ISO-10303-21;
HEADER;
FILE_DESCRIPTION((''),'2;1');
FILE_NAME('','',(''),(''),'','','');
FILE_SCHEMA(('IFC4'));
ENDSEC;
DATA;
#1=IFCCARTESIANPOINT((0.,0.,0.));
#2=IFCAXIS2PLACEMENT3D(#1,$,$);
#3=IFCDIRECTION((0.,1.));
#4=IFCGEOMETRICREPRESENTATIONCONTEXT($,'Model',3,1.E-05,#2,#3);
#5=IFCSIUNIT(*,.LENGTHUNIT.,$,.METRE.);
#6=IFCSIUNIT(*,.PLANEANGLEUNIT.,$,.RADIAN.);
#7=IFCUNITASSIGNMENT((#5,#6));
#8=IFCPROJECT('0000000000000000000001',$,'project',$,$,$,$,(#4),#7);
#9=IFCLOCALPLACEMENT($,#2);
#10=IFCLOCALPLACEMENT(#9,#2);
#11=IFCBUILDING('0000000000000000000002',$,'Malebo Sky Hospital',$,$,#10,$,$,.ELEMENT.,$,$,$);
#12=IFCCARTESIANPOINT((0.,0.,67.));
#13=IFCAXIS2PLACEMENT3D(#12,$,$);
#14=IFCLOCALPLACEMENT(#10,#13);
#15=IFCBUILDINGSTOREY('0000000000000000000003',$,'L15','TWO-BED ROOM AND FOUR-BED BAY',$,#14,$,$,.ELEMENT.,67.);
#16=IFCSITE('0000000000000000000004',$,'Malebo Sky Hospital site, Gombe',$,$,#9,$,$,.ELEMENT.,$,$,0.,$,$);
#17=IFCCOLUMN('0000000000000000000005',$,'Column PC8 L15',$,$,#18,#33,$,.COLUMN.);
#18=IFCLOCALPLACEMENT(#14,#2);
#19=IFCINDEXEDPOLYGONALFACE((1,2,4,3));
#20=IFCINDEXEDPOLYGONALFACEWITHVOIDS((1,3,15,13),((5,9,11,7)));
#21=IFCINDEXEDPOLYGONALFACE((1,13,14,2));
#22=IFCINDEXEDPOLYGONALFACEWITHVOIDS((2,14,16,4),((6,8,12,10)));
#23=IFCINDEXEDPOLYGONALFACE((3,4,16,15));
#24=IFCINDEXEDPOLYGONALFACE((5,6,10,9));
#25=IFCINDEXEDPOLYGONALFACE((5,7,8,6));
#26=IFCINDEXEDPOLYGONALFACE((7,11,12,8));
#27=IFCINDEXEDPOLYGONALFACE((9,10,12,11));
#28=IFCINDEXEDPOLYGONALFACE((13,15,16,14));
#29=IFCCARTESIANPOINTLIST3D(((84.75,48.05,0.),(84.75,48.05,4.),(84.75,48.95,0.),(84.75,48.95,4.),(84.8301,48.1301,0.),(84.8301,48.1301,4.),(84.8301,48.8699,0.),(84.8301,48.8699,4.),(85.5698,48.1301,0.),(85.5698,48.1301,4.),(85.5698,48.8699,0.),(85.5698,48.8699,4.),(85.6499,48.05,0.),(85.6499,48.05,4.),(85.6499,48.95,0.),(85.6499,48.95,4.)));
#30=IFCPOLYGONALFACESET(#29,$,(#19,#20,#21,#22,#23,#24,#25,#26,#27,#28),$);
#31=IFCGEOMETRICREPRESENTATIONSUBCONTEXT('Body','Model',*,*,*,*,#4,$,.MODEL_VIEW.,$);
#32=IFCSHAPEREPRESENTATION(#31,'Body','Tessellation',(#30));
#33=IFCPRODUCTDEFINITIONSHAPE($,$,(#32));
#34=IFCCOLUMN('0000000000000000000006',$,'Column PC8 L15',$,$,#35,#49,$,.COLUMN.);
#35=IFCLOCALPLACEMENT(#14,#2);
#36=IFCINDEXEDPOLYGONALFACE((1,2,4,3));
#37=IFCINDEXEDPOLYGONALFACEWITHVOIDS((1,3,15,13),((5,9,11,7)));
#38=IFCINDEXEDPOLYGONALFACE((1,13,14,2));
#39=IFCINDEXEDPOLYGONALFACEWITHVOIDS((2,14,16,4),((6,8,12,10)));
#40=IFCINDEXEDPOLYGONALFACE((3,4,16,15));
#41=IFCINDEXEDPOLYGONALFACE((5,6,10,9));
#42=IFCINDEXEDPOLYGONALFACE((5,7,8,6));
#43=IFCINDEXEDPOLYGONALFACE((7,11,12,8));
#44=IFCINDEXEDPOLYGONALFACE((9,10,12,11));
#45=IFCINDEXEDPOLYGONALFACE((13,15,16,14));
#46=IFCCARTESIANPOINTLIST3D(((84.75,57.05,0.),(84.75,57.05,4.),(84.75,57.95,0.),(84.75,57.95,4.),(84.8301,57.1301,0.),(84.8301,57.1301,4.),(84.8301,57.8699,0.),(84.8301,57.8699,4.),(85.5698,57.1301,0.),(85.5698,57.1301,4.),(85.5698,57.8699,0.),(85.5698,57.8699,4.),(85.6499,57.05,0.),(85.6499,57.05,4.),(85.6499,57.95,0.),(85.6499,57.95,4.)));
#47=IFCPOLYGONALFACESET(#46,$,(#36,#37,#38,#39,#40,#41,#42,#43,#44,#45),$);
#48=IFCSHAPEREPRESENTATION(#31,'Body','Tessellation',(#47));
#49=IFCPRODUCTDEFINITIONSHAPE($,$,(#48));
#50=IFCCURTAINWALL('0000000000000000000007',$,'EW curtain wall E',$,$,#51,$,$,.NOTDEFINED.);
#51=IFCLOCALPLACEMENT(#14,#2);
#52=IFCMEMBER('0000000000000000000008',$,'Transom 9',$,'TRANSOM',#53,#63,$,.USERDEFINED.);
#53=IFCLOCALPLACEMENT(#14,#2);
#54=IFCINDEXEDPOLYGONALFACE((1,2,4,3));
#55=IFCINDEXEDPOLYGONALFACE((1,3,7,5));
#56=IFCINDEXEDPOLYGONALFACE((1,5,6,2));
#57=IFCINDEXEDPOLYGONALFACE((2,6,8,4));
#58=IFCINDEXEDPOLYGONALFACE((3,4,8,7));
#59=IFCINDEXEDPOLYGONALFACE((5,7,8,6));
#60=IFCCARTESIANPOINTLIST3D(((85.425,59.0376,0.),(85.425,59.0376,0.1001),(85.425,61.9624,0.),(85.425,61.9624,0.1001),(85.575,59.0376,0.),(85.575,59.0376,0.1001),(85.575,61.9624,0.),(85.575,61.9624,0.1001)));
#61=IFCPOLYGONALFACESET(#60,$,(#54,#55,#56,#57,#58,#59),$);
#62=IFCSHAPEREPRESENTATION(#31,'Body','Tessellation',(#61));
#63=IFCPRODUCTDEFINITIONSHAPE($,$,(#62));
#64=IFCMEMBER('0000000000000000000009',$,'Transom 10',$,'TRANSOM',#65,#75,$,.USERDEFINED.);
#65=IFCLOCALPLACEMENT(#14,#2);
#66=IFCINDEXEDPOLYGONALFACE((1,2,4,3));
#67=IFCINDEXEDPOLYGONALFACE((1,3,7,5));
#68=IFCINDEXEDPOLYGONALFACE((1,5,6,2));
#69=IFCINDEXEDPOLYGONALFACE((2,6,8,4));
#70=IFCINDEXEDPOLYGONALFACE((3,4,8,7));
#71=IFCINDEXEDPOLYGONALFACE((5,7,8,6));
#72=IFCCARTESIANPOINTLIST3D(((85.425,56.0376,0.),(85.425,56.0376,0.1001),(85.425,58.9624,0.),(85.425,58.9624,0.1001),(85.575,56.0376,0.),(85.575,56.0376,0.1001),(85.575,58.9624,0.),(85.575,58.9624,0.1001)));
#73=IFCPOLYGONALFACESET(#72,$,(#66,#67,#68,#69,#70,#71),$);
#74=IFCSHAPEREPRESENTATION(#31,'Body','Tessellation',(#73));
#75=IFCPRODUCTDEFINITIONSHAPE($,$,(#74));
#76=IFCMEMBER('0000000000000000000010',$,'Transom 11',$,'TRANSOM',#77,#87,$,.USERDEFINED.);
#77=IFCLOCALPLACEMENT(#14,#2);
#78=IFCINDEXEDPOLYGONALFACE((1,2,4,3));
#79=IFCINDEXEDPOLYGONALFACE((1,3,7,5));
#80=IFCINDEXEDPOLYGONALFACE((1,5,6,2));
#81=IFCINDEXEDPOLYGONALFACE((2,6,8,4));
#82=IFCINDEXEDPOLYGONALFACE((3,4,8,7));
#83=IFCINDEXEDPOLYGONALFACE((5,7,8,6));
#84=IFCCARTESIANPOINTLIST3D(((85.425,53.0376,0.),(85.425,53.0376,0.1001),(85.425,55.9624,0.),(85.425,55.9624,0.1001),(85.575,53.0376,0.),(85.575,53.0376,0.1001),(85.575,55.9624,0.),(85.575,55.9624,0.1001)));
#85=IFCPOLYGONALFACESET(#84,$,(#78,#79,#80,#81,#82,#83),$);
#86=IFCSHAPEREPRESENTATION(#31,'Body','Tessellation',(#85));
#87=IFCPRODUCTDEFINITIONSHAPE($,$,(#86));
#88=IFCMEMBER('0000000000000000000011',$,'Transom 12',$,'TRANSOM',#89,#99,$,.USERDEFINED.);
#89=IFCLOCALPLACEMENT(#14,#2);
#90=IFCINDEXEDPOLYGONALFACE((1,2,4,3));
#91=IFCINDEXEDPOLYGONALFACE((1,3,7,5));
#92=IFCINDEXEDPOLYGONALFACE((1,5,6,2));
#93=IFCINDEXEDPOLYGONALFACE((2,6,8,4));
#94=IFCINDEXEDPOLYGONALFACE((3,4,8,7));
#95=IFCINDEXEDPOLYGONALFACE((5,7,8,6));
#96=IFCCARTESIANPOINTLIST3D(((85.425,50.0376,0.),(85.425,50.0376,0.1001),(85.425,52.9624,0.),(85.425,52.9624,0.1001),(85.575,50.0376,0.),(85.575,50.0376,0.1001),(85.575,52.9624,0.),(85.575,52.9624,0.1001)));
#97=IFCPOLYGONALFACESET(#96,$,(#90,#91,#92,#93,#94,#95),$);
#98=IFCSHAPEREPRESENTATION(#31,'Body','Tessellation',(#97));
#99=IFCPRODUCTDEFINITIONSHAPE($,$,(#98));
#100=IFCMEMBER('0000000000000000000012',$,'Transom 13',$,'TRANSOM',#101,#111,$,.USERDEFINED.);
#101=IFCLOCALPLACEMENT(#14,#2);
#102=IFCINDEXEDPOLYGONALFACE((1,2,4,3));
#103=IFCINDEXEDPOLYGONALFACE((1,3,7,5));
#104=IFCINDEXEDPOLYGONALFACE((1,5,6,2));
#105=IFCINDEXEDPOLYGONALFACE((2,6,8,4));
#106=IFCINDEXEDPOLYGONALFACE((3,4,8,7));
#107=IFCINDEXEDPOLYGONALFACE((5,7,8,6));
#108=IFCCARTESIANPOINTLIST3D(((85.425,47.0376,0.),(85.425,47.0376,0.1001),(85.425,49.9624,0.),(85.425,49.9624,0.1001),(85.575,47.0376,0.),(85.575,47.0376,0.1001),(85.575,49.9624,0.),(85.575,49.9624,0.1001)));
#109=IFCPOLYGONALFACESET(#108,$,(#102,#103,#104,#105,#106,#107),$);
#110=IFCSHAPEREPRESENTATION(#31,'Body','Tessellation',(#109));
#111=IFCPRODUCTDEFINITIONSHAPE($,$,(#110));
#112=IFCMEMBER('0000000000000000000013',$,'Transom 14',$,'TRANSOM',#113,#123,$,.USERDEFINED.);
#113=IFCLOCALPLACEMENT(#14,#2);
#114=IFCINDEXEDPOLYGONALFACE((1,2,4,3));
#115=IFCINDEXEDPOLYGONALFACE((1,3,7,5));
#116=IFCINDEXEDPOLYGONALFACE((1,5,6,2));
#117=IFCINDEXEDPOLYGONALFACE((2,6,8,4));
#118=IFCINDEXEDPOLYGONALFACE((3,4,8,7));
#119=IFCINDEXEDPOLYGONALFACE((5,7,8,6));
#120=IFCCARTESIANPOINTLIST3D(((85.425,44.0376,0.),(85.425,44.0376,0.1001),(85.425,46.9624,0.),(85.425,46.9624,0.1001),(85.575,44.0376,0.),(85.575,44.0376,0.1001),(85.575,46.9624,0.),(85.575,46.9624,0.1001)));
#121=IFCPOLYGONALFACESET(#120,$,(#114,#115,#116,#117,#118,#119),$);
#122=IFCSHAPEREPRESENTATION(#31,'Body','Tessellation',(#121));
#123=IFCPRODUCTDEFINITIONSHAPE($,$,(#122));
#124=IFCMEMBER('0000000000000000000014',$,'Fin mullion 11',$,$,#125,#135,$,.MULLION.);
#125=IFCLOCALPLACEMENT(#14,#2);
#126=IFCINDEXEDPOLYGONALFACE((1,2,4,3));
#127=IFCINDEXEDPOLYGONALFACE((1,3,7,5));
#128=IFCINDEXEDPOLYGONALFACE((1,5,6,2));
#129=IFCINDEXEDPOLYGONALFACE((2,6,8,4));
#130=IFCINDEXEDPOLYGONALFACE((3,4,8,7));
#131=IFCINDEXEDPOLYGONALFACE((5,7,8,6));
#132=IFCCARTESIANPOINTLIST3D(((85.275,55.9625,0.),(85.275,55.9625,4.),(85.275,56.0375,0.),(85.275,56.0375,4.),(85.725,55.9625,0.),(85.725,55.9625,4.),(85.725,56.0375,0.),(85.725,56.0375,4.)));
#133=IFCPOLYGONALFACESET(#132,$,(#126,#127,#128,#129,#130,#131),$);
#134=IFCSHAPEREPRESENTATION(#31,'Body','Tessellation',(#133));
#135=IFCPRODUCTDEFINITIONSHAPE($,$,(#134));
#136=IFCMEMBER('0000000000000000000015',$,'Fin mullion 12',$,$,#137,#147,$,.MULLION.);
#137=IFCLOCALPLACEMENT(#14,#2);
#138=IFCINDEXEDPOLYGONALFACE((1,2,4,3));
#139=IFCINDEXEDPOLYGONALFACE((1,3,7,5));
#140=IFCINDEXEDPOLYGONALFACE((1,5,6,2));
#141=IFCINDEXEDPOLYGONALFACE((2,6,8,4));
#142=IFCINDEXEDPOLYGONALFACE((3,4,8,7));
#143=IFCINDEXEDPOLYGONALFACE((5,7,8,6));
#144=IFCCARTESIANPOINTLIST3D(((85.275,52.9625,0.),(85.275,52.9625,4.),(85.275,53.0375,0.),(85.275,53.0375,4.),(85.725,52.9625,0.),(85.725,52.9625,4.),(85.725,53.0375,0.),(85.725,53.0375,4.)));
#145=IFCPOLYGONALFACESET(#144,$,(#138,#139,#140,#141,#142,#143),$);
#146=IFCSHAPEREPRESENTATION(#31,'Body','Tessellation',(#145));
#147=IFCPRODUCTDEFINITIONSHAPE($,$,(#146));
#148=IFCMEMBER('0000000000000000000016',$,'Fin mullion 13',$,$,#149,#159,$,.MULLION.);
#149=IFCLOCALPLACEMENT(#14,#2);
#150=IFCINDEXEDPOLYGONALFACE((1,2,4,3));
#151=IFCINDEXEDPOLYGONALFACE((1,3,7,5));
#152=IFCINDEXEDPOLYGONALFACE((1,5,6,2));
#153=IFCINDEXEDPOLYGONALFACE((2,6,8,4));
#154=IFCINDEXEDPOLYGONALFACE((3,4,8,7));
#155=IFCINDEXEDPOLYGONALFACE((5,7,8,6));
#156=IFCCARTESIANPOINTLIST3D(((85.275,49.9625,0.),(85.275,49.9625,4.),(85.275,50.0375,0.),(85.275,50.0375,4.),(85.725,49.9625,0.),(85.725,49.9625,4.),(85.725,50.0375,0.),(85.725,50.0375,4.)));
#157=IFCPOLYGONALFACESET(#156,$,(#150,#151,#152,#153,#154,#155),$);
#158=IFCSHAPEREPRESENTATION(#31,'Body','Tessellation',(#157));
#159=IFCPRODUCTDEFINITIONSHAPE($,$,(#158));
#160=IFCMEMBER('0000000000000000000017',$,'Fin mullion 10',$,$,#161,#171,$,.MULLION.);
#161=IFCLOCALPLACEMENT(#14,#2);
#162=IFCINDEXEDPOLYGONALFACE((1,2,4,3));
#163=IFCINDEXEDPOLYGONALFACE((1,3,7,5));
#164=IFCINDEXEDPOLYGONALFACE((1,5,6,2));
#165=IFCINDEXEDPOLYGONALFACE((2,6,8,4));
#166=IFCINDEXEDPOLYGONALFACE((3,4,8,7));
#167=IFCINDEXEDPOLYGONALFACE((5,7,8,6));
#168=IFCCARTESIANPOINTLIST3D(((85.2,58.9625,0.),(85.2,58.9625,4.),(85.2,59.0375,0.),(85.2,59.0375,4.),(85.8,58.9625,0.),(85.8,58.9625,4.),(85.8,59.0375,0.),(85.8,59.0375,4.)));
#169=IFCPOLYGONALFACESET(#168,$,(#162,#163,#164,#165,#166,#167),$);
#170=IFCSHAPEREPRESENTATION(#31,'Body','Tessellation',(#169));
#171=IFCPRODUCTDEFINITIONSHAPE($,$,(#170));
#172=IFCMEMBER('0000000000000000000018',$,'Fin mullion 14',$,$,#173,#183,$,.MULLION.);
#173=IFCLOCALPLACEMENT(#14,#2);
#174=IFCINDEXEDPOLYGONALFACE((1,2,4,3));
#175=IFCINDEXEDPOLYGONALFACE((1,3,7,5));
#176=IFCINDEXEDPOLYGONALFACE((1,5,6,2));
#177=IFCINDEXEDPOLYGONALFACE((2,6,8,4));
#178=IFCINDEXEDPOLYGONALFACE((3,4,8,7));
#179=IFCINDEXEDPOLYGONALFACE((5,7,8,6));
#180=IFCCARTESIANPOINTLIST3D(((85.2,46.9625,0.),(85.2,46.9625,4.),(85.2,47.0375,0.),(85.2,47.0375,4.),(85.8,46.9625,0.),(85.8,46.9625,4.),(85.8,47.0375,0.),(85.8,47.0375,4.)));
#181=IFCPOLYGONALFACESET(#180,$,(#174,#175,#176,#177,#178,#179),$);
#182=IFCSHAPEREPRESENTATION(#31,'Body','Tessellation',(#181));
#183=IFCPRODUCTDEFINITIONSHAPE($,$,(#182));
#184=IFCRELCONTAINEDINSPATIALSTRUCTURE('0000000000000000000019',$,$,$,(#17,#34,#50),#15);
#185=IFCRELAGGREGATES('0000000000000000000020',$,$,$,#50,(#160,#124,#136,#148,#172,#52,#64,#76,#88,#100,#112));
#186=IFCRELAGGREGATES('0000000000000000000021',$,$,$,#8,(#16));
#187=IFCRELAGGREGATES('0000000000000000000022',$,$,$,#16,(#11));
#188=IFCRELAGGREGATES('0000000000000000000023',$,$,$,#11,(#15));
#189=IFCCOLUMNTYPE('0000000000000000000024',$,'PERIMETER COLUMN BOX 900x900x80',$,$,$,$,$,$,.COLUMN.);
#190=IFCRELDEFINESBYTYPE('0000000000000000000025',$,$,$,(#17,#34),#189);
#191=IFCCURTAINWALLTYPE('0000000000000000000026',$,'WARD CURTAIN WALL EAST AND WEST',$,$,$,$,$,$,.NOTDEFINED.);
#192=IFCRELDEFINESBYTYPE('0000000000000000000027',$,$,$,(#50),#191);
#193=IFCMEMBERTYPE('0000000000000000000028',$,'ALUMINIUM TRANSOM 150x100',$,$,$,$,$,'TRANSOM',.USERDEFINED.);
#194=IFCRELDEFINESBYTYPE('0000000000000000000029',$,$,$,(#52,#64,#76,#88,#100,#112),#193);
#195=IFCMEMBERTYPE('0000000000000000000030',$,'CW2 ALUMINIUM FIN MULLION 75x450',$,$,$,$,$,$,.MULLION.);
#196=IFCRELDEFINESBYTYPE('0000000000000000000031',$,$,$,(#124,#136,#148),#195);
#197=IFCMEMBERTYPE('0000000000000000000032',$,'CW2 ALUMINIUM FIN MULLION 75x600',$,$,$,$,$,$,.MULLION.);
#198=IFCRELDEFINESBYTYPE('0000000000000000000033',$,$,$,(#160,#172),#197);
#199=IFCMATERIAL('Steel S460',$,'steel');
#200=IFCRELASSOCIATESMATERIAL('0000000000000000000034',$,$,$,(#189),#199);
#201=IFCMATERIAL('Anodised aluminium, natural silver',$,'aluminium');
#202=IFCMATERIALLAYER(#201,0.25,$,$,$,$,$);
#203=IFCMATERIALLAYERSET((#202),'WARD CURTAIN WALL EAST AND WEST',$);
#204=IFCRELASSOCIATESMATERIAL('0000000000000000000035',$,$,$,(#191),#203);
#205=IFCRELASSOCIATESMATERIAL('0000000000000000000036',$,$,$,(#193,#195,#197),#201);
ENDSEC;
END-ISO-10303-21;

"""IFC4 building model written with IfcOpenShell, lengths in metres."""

from ifc_helpers import new_model, si_unit, direction, frame, origin, origin_2d, place, context, subcontext, project, spatial, rectangle, hollow_rectangle, extrude, material, layer, layer_set, material_profile, profile_set, type_object, element, aggregate, save


model = new_model("IFC4")

# Units and contexts
model_context = context("Model", 3, precision=1e-05, world=origin(), true_north=direction((0.0, 1.0)))
body_context = subcontext(model_context, "Body", "Model", "MODEL_VIEW")
ifc_project = project(units=[si_unit("LENGTHUNIT", "METRE"), si_unit("PLANEANGLEUNIT", "RADIAN")], contexts=[model_context])

# Site, building, storey
site_placement = place(None, origin())
site = spatial("IfcSite", under=ifc_project, at=site_placement, Name="Malebo Sky Hospital site, Gombe", CompositionType="ELEMENT", RefElevation=0.0)
building_placement = place(site_placement, origin())
building = spatial("IfcBuilding", under=site, at=building_placement, Name="Malebo Sky Hospital", CompositionType="ELEMENT")
storey_placement = place(building_placement, frame((0.0, 0.0, 67.0)))
storey = spatial("IfcBuildingStorey", under=building, at=storey_placement, Name="L15", Description="TWO-BED ROOM AND FOUR-BED BAY", CompositionType="ELEMENT", Elevation=67.0)

# Columns
ifc_material_1 = material(Name="Steel S460", Category="steel")
ifc_material_profile_1 = material_profile(ifc_material_1, hollow_rectangle(XDim=0.8999, YDim=0.8999, WallThickness=0.0801, at=origin_2d()), Name="BOX 900x900x80")
ifc_profile_set_1 = profile_set([ifc_material_profile_1], Name="Steel S460")
column_type = type_object("IfcColumnType", Name="PERIMETER COLUMN BOX 900x900x80", PredefinedType="COLUMN", material=ifc_profile_set_1)
for number, where, z_axis, x_axis, name in (
    (1, (85.2, 48.5, 0.0), (0.0, 0.0, 1.0), (1.0, 0.0, 0.0), "Column PC8 L15"),
    (2, (85.2, 57.5, 0.0), (0.0, 0.0, 1.0), (1.0, 0.0, 0.0), "Column PC8 L15"),
):
    element("IfcColumn", number, at=place(storey_placement, frame(where, z_axis=z_axis, x_axis=x_axis)), inside=storey, type_object=column_type, Name=name, PredefinedType="COLUMN", context=body_context, shape_type="SweptSolid", body=[
        extrude(hollow_rectangle(XDim=0.8999, YDim=0.8999, WallThickness=0.0801, at=origin_2d()), origin(), (0.0, 0.0, 1.0), 4.0),
    ])

# Curtain wall, members
ifc_material_2 = material(Name="Anodised aluminium, natural silver", Category="aluminium")
ifc_layer_1 = layer(ifc_material_2, 0.25)
ifc_layer_set_1 = layer_set([ifc_layer_1], Name="WARD CURTAIN WALL EAST AND WEST")
curtain_wall_type = type_object("IfcCurtainWallType", Name="WARD CURTAIN WALL EAST AND WEST", PredefinedType="NOTDEFINED", material=ifc_layer_set_1)
curtain_wall_placement = place(storey_placement, origin())
curtain_wall = element("IfcCurtainWall", 3, at=curtain_wall_placement, inside=storey, type_object=curtain_wall_type, Name="EW curtain wall E", PredefinedType="NOTDEFINED")
ifc_material_profile_2 = material_profile(ifc_material_2, rectangle(XDim=0.1499, YDim=0.1001, at=origin_2d()), Name="ALUMINIUM TRANSOM 150x100")
ifc_profile_set_2 = profile_set([ifc_material_profile_2], Name="Anodised aluminium, natural silver")
member_type_1 = type_object("IfcMemberType", Name="ALUMINIUM TRANSOM 150x100", ElementType="TRANSOM", PredefinedType="USERDEFINED", material=ifc_profile_set_2)
member_1_placement = place(storey_placement, frame((85.5, 61.9624, 0.05), z_axis=(0.0, -1.0, 0.0), x_axis=(1.0, 0.0, 0.0)))
member_1 = element("IfcMember", 4, at=member_1_placement, type_object=member_type_1, Name="Transom 9", ObjectType="TRANSOM", PredefinedType="USERDEFINED", context=body_context, shape_type="SweptSolid", body=[
    extrude(rectangle(XDim=0.1499, YDim=0.1001, at=origin_2d()), origin(), (0.0, 0.0, 1.0), 2.9248),
])
member_2_placement = place(storey_placement, frame((85.5, 58.9624, 0.05), z_axis=(0.0, -1.0, 0.0), x_axis=(1.0, 0.0, 0.0)))
member_2 = element("IfcMember", 5, at=member_2_placement, type_object=member_type_1, Name="Transom 10", ObjectType="TRANSOM", PredefinedType="USERDEFINED", context=body_context, shape_type="SweptSolid", body=[
    extrude(rectangle(XDim=0.1499, YDim=0.1001, at=origin_2d()), origin(), (0.0, 0.0, 1.0), 2.9248),
])
member_3_placement = place(storey_placement, frame((85.5, 55.9624, 0.05), z_axis=(0.0, -1.0, 0.0), x_axis=(1.0, 0.0, 0.0)))
member_3 = element("IfcMember", 6, at=member_3_placement, type_object=member_type_1, Name="Transom 11", ObjectType="TRANSOM", PredefinedType="USERDEFINED", context=body_context, shape_type="SweptSolid", body=[
    extrude(rectangle(XDim=0.1499, YDim=0.1001, at=origin_2d()), origin(), (0.0, 0.0, 1.0), 2.9248),
])
member_4_placement = place(storey_placement, frame((85.5, 52.9624, 0.05), z_axis=(0.0, -1.0, 0.0), x_axis=(1.0, 0.0, 0.0)))
member_4 = element("IfcMember", 7, at=member_4_placement, type_object=member_type_1, Name="Transom 12", ObjectType="TRANSOM", PredefinedType="USERDEFINED", context=body_context, shape_type="SweptSolid", body=[
    extrude(rectangle(XDim=0.1499, YDim=0.1001, at=origin_2d()), origin(), (0.0, 0.0, 1.0), 2.9248),
])
member_5_placement = place(storey_placement, frame((85.5, 49.9624, 0.05), z_axis=(0.0, -1.0, 0.0), x_axis=(1.0, 0.0, 0.0)))
member_5 = element("IfcMember", 8, at=member_5_placement, type_object=member_type_1, Name="Transom 13", ObjectType="TRANSOM", PredefinedType="USERDEFINED", context=body_context, shape_type="SweptSolid", body=[
    extrude(rectangle(XDim=0.1499, YDim=0.1001, at=origin_2d()), origin(), (0.0, 0.0, 1.0), 2.9248),
])
member_6_placement = place(storey_placement, frame((85.5, 46.9624, 0.05), z_axis=(0.0, -1.0, 0.0), x_axis=(1.0, 0.0, 0.0)))
member_6 = element("IfcMember", 9, at=member_6_placement, type_object=member_type_1, Name="Transom 14", ObjectType="TRANSOM", PredefinedType="USERDEFINED", context=body_context, shape_type="SweptSolid", body=[
    extrude(rectangle(XDim=0.1499, YDim=0.1001, at=origin_2d()), origin(), (0.0, 0.0, 1.0), 2.9248),
])
ifc_material_profile_3 = material_profile(ifc_material_2, rectangle(XDim=0.075, YDim=0.45, at=origin_2d()), Name="CW2 ALUMINIUM FIN MULLION 75x450")
ifc_profile_set_3 = profile_set([ifc_material_profile_3], Name="Anodised aluminium, natural silver")
member_type_2 = type_object("IfcMemberType", Name="CW2 ALUMINIUM FIN MULLION 75x450", PredefinedType="MULLION", material=ifc_profile_set_3)
member_7_placement = place(storey_placement, frame((85.5, 56.0, 0.0), z_axis=(0.0, 0.0, 1.0), x_axis=(0.0, -1.0, 0.0)))
member_7 = element("IfcMember", 10, at=member_7_placement, type_object=member_type_2, Name="Fin mullion 11", PredefinedType="MULLION", context=body_context, shape_type="SweptSolid", body=[
    extrude(rectangle(XDim=0.075, YDim=0.45, at=origin_2d()), origin(), (0.0, 0.0, 1.0), 4.0),
])
member_8_placement = place(storey_placement, frame((85.5, 53.0, 0.0), z_axis=(0.0, 0.0, 1.0), x_axis=(0.0, -1.0, 0.0)))
member_8 = element("IfcMember", 11, at=member_8_placement, type_object=member_type_2, Name="Fin mullion 12", PredefinedType="MULLION", context=body_context, shape_type="SweptSolid", body=[
    extrude(rectangle(XDim=0.075, YDim=0.45, at=origin_2d()), origin(), (0.0, 0.0, 1.0), 4.0),
])
member_9_placement = place(storey_placement, frame((85.5, 50.0, 0.0), z_axis=(0.0, 0.0, 1.0), x_axis=(0.0, -1.0, 0.0)))
member_9 = element("IfcMember", 12, at=member_9_placement, type_object=member_type_2, Name="Fin mullion 13", PredefinedType="MULLION", context=body_context, shape_type="SweptSolid", body=[
    extrude(rectangle(XDim=0.075, YDim=0.45, at=origin_2d()), origin(), (0.0, 0.0, 1.0), 4.0),
])
ifc_material_profile_4 = material_profile(ifc_material_2, rectangle(XDim=0.075, YDim=0.6001, at=origin_2d()), Name="CW2 ALUMINIUM FIN MULLION 75x600")
ifc_profile_set_4 = profile_set([ifc_material_profile_4], Name="Anodised aluminium, natural silver")
member_type_3 = type_object("IfcMemberType", Name="CW2 ALUMINIUM FIN MULLION 75x600", PredefinedType="MULLION", material=ifc_profile_set_4)
member_10_placement = place(storey_placement, frame((85.5, 59.0, 0.0), z_axis=(0.0, 0.0, 1.0), x_axis=(0.0, -1.0, 0.0)))
member_10 = element("IfcMember", 13, at=member_10_placement, type_object=member_type_3, Name="Fin mullion 10", PredefinedType="MULLION", context=body_context, shape_type="SweptSolid", body=[
    extrude(rectangle(XDim=0.075, YDim=0.6001, at=origin_2d()), origin(), (0.0, 0.0, 1.0), 4.0),
])
member_11_placement = place(storey_placement, frame((85.5, 47.0, 0.0), z_axis=(0.0, 0.0, 1.0), x_axis=(0.0, -1.0, 0.0)))
member_11 = element("IfcMember", 14, at=member_11_placement, type_object=member_type_3, Name="Fin mullion 14", PredefinedType="MULLION", context=body_context, shape_type="SweptSolid", body=[
    extrude(rectangle(XDim=0.075, YDim=0.6001, at=origin_2d()), origin(), (0.0, 0.0, 1.0), 4.0),
])

aggregate(curtain_wall, [member_10, member_7, member_8, member_9, member_11, member_1, member_2, member_3, member_4, member_5, member_6])

save(model, "model.ifc")
